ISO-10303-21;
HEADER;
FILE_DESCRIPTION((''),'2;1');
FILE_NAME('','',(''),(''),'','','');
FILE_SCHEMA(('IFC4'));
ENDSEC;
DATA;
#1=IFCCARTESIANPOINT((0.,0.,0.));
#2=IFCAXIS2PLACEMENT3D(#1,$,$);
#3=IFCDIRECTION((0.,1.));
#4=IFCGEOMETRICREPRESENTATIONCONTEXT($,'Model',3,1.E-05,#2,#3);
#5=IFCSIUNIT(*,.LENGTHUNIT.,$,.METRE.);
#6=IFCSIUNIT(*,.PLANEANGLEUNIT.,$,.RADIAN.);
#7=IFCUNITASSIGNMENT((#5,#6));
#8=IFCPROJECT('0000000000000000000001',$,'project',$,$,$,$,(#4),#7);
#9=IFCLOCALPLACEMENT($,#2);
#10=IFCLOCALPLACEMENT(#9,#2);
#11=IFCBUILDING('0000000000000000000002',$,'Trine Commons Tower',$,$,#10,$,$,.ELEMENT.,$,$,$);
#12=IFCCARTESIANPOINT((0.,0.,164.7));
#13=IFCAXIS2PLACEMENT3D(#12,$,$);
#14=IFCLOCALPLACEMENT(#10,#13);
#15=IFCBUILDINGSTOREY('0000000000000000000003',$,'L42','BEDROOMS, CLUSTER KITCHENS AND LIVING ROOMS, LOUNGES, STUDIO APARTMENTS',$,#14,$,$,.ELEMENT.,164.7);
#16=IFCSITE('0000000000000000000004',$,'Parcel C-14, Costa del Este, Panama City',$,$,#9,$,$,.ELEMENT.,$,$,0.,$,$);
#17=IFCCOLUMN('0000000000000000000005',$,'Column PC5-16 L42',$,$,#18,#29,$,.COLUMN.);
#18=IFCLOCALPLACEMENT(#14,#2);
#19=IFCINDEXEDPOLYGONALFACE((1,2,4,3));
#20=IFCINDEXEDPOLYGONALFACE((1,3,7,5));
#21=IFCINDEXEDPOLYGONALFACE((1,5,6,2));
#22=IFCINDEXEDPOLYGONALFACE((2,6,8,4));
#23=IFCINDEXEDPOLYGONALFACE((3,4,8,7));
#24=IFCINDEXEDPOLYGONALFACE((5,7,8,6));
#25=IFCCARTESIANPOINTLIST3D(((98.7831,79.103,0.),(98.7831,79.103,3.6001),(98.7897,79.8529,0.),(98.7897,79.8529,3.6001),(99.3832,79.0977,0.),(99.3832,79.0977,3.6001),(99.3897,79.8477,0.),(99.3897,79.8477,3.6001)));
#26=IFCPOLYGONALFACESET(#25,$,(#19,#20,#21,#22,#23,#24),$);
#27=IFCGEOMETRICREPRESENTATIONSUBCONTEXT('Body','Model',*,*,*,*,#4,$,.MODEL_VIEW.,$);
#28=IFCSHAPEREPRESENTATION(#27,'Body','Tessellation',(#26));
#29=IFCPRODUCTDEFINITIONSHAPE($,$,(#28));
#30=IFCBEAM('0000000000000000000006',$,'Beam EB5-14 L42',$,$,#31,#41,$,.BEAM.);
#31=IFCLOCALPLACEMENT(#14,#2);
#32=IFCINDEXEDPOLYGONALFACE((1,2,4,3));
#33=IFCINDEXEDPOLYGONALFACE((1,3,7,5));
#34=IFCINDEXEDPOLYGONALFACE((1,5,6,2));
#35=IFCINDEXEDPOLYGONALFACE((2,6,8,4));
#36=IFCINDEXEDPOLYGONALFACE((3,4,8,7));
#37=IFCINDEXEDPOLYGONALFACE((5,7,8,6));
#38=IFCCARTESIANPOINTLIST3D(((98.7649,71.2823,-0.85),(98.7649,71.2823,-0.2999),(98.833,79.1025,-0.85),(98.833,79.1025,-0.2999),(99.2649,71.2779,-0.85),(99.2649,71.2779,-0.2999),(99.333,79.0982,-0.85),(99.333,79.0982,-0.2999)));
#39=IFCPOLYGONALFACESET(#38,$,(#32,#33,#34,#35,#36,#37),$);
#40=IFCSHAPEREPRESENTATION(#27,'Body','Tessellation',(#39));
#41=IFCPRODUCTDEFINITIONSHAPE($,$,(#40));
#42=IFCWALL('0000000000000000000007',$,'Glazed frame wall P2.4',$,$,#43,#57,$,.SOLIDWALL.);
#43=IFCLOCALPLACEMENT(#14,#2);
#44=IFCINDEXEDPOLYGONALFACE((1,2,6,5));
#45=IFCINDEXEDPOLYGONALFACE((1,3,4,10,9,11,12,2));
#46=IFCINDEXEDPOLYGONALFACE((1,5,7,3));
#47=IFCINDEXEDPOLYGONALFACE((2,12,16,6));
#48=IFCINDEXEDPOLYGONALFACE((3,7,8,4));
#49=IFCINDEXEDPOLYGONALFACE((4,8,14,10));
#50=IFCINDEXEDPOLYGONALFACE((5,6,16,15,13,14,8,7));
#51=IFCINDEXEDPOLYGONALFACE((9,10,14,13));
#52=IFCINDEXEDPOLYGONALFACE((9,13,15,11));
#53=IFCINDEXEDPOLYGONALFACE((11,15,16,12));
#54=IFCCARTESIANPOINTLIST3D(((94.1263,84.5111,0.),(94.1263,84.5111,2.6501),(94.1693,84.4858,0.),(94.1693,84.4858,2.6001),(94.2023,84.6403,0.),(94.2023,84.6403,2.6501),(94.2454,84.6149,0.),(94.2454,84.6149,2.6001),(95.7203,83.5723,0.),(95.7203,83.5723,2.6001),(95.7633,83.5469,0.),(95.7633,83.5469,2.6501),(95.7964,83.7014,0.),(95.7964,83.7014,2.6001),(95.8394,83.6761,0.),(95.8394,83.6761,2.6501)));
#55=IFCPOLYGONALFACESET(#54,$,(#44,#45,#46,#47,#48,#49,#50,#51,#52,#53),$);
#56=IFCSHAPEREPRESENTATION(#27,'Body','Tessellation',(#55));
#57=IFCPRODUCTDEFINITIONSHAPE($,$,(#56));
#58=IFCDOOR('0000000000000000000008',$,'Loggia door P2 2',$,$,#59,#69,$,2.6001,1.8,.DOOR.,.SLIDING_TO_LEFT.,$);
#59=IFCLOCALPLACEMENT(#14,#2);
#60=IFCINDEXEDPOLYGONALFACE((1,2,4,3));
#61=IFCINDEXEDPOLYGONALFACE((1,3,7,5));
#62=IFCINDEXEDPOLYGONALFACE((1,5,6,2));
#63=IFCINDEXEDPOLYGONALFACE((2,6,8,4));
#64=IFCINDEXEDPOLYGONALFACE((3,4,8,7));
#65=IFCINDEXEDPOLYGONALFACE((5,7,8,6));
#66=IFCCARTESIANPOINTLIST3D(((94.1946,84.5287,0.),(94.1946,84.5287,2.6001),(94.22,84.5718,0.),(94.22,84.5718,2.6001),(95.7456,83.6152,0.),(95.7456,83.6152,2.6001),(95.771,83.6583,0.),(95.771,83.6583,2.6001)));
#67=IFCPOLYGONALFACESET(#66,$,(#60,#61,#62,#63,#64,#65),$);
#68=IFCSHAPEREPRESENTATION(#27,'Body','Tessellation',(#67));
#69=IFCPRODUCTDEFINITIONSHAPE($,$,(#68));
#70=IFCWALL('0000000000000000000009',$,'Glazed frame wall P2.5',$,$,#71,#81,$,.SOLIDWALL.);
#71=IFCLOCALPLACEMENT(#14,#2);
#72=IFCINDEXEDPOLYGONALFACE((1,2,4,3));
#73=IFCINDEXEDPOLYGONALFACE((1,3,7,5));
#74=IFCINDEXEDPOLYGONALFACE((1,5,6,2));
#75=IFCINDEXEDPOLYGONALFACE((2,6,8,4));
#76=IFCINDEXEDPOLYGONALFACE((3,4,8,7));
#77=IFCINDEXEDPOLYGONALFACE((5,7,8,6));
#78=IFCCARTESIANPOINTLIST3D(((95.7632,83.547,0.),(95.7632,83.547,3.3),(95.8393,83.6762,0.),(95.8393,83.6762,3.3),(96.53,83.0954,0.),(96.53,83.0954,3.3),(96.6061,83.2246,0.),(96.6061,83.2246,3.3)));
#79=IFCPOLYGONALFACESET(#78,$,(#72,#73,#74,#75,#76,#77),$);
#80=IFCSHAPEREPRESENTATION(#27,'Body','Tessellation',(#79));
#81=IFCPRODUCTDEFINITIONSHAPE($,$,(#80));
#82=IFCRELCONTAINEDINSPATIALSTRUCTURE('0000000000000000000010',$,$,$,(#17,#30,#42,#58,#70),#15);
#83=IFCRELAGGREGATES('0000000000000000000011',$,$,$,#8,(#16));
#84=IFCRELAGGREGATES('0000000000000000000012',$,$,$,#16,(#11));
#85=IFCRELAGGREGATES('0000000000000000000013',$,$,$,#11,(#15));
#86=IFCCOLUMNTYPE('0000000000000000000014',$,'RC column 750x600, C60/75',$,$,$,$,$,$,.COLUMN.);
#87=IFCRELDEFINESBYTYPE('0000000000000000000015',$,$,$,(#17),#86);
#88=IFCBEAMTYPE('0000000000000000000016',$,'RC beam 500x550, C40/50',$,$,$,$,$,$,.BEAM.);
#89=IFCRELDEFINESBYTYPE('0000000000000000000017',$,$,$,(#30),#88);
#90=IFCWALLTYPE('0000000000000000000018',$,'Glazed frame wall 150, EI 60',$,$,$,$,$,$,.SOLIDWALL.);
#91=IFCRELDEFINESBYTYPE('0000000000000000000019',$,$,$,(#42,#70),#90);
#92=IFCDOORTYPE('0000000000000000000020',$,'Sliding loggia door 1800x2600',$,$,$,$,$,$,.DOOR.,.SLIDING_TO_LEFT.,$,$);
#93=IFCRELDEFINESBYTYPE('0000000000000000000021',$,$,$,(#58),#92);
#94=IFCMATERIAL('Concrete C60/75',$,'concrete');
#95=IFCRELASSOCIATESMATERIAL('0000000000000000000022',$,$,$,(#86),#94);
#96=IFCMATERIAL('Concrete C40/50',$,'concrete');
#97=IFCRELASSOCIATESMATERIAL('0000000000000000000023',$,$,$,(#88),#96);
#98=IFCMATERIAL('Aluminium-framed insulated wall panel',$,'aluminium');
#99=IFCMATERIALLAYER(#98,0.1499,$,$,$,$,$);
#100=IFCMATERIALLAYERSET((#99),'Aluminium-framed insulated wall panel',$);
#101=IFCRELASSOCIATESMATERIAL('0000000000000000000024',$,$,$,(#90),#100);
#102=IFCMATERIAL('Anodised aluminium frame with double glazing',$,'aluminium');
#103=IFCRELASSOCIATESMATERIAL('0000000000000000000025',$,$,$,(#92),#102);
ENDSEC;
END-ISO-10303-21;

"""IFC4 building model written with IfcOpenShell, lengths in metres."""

from ifc_helpers import new_model, si_unit, direction, frame, frame_2d, origin, origin_2d, place, context, subcontext, project, spatial, polyline, rectangle, outline, extrude, material, layer, layer_set, material_profile, profile_set, type_object, element, fill, save


model = new_model("IFC4")

# Units and contexts
model_context = context("Model", 3, precision=1e-05, world=origin(), true_north=direction((0.0, 1.0)))
body_context = subcontext(model_context, "Body", "Model", "MODEL_VIEW")
ifc_project = project(units=[si_unit("LENGTHUNIT", "METRE"), si_unit("PLANEANGLEUNIT", "RADIAN")], contexts=[model_context])

# Site, building, storey
site_placement = place(None, origin())
site = spatial("IfcSite", under=ifc_project, at=site_placement, Name="Parcel C-14, Costa del Este, Panama City", CompositionType="ELEMENT", RefElevation=0.0)
building_placement = place(site_placement, origin())
building = spatial("IfcBuilding", under=site, at=building_placement, Name="Trine Commons Tower", CompositionType="ELEMENT")
storey_placement = place(building_placement, frame((0.0, 0.0, 164.7)))
storey = spatial("IfcBuildingStorey", under=building, at=storey_placement, Name="L42", Description="BEDROOMS, CLUSTER KITCHENS AND LIVING ROOMS, LOUNGES, STUDIO APARTMENTS", CompositionType="ELEMENT", Elevation=164.7)

# Column
ifc_material_1 = material(Name="Concrete C60/75", Category="concrete")
ifc_material_profile_1 = material_profile(ifc_material_1, rectangle(XDim=0.75, YDim=0.6001, at=origin_2d()), Name="RC 750x600")
ifc_profile_set_1 = profile_set([ifc_material_profile_1], Name="Concrete C60/75")
column_type = type_object("IfcColumnType", Name="RC column 750x600, C60/75", PredefinedType="COLUMN", material=ifc_profile_set_1)
column_placement = place(storey_placement, frame((99.0864, 79.4753, 0.0), z_axis=(0.0, 0.0, 1.0), x_axis=(0.008727, 0.999962, 0.0)))
element("IfcColumn", 1, at=column_placement, inside=storey, type_object=column_type, Name="Column PC5-16 L42", PredefinedType="COLUMN", context=body_context, shape_type="SweptSolid", body=[
    extrude(rectangle(XDim=0.75, YDim=0.6001, at=origin_2d()), origin(), (0.0, 0.0, 1.0), 3.6001),
])

# Beam
ifc_material_2 = material(Name="Concrete C40/50", Category="concrete")
ifc_material_profile_2 = material_profile(ifc_material_2, rectangle(XDim=0.5, YDim=0.55, at=origin_2d()), Name="RC 500x550")
ifc_profile_set_2 = profile_set([ifc_material_profile_2], Name="Concrete C40/50")
beam_type = type_object("IfcBeamType", Name="RC beam 500x550, C40/50", PredefinedType="BEAM", material=ifc_profile_set_2)
beam_placement = place(storey_placement, frame((99.083, 79.1003, -0.575), z_axis=(-0.00871, -0.999962, 0.0), x_axis=(0.999962, -0.00871, 0.0)))
element("IfcBeam", 2, at=beam_placement, inside=storey, type_object=beam_type, Name="Beam EB5-14 L42", PredefinedType="BEAM", context=body_context, shape_type="SweptSolid", body=[
    extrude(rectangle(XDim=0.5, YDim=0.55, at=origin_2d()), origin(), (0.0, 0.0, 1.0), 7.8206),
])

# Wall, opening, door
ifc_material_3 = material(Name="Aluminium-framed insulated wall panel", Category="aluminium")
ifc_layer = layer(ifc_material_3, 0.1499)
ifc_layer_set = layer_set([ifc_layer], Name="Aluminium-framed insulated wall panel")
wall_type = type_object("IfcWallType", Name="Glazed frame wall 150, EI 60", PredefinedType="SOLIDWALL", material=ifc_layer_set)
wall_1_placement = place(storey_placement, frame((94.1643, 84.5757, 0.0), z_axis=(0.0, 0.0, 1.0), x_axis=(0.86166, -0.507486, 0.0)))
wall_1 = element("IfcWall", 3, at=wall_1_placement, inside=storey, type_object=wall_type, Name="Glazed frame wall P2.4", PredefinedType="SOLIDWALL", context=body_context, shape_type="SweptSolid", body=[
    extrude(outline(polyline([(0.0, -0.075), (1.8999, -0.075), (1.8999, 0.075), (0.0, 0.075), (0.0, -0.075)])), origin(), (0.0, 0.0, 1.0), 2.6501),
])
opening_1_placement = place(wall_1_placement, frame((0.05, 0.0, 0.0)))
opening_1 = element("IfcOpeningElement", 4, at=opening_1_placement, cuts=wall_1, PredefinedType="OPENING", context=body_context, shape_type="SweptSolid", body=[
    extrude(rectangle(XDim=1.8, YDim=2.6001, at=frame_2d((0.8999, 1.3))), frame((0.0, 0.085, 0.0), z_axis=(0.0, -1.0, 0.0), x_axis=(1.0, 0.0, 0.0)), (0.0, 0.0, 1.0), 0.1699),
])
ifc_material_4 = material(Name="Anodised aluminium frame with double glazing", Category="aluminium")
door_type = type_object("IfcDoorType", Name="Sliding loggia door 1800x2600", OperationType="SLIDING_TO_LEFT", PredefinedType="DOOR", material=ifc_material_4)
door_1_placement = place(opening_1_placement, origin())
door_1 = element("IfcDoor", 5, at=door_1_placement, inside=storey, type_object=door_type, Name="Loggia door P2 2", OperationType="SLIDING_TO_LEFT", OverallHeight=2.6001, OverallWidth=1.8, PredefinedType="DOOR", context=body_context, shape_type="SweptSolid", body=[
    extrude(rectangle(XDim=1.8, YDim=2.6001, at=frame_2d((0.8999, 1.3))), frame((0.0, 0.0249, 0.0), z_axis=(0.0, -1.0, 0.0), x_axis=(1.0, 0.0, 0.0)), (0.0, 0.0, 1.0), 0.05),
])
fill(opening_1, door_1)

# Wall
wall_2_placement = place(storey_placement, frame((95.8013, 83.6116, 0.0), z_axis=(0.0, 0.0, 1.0), x_axis=(0.861664, -0.507479, 0.0)))
element("IfcWall", 6, at=wall_2_placement, inside=storey, type_object=wall_type, Name="Glazed frame wall P2.5", PredefinedType="SOLIDWALL", context=body_context, shape_type="SweptSolid", body=[
    extrude(outline(polyline([(0.8899, 0.075), (0.0, 0.075), (0.0, -0.075), (0.8899, -0.075), (0.8899, 0.075)])), origin(), (0.0, 0.0, 1.0), 3.3),
])

save(model, "model.ifc")
